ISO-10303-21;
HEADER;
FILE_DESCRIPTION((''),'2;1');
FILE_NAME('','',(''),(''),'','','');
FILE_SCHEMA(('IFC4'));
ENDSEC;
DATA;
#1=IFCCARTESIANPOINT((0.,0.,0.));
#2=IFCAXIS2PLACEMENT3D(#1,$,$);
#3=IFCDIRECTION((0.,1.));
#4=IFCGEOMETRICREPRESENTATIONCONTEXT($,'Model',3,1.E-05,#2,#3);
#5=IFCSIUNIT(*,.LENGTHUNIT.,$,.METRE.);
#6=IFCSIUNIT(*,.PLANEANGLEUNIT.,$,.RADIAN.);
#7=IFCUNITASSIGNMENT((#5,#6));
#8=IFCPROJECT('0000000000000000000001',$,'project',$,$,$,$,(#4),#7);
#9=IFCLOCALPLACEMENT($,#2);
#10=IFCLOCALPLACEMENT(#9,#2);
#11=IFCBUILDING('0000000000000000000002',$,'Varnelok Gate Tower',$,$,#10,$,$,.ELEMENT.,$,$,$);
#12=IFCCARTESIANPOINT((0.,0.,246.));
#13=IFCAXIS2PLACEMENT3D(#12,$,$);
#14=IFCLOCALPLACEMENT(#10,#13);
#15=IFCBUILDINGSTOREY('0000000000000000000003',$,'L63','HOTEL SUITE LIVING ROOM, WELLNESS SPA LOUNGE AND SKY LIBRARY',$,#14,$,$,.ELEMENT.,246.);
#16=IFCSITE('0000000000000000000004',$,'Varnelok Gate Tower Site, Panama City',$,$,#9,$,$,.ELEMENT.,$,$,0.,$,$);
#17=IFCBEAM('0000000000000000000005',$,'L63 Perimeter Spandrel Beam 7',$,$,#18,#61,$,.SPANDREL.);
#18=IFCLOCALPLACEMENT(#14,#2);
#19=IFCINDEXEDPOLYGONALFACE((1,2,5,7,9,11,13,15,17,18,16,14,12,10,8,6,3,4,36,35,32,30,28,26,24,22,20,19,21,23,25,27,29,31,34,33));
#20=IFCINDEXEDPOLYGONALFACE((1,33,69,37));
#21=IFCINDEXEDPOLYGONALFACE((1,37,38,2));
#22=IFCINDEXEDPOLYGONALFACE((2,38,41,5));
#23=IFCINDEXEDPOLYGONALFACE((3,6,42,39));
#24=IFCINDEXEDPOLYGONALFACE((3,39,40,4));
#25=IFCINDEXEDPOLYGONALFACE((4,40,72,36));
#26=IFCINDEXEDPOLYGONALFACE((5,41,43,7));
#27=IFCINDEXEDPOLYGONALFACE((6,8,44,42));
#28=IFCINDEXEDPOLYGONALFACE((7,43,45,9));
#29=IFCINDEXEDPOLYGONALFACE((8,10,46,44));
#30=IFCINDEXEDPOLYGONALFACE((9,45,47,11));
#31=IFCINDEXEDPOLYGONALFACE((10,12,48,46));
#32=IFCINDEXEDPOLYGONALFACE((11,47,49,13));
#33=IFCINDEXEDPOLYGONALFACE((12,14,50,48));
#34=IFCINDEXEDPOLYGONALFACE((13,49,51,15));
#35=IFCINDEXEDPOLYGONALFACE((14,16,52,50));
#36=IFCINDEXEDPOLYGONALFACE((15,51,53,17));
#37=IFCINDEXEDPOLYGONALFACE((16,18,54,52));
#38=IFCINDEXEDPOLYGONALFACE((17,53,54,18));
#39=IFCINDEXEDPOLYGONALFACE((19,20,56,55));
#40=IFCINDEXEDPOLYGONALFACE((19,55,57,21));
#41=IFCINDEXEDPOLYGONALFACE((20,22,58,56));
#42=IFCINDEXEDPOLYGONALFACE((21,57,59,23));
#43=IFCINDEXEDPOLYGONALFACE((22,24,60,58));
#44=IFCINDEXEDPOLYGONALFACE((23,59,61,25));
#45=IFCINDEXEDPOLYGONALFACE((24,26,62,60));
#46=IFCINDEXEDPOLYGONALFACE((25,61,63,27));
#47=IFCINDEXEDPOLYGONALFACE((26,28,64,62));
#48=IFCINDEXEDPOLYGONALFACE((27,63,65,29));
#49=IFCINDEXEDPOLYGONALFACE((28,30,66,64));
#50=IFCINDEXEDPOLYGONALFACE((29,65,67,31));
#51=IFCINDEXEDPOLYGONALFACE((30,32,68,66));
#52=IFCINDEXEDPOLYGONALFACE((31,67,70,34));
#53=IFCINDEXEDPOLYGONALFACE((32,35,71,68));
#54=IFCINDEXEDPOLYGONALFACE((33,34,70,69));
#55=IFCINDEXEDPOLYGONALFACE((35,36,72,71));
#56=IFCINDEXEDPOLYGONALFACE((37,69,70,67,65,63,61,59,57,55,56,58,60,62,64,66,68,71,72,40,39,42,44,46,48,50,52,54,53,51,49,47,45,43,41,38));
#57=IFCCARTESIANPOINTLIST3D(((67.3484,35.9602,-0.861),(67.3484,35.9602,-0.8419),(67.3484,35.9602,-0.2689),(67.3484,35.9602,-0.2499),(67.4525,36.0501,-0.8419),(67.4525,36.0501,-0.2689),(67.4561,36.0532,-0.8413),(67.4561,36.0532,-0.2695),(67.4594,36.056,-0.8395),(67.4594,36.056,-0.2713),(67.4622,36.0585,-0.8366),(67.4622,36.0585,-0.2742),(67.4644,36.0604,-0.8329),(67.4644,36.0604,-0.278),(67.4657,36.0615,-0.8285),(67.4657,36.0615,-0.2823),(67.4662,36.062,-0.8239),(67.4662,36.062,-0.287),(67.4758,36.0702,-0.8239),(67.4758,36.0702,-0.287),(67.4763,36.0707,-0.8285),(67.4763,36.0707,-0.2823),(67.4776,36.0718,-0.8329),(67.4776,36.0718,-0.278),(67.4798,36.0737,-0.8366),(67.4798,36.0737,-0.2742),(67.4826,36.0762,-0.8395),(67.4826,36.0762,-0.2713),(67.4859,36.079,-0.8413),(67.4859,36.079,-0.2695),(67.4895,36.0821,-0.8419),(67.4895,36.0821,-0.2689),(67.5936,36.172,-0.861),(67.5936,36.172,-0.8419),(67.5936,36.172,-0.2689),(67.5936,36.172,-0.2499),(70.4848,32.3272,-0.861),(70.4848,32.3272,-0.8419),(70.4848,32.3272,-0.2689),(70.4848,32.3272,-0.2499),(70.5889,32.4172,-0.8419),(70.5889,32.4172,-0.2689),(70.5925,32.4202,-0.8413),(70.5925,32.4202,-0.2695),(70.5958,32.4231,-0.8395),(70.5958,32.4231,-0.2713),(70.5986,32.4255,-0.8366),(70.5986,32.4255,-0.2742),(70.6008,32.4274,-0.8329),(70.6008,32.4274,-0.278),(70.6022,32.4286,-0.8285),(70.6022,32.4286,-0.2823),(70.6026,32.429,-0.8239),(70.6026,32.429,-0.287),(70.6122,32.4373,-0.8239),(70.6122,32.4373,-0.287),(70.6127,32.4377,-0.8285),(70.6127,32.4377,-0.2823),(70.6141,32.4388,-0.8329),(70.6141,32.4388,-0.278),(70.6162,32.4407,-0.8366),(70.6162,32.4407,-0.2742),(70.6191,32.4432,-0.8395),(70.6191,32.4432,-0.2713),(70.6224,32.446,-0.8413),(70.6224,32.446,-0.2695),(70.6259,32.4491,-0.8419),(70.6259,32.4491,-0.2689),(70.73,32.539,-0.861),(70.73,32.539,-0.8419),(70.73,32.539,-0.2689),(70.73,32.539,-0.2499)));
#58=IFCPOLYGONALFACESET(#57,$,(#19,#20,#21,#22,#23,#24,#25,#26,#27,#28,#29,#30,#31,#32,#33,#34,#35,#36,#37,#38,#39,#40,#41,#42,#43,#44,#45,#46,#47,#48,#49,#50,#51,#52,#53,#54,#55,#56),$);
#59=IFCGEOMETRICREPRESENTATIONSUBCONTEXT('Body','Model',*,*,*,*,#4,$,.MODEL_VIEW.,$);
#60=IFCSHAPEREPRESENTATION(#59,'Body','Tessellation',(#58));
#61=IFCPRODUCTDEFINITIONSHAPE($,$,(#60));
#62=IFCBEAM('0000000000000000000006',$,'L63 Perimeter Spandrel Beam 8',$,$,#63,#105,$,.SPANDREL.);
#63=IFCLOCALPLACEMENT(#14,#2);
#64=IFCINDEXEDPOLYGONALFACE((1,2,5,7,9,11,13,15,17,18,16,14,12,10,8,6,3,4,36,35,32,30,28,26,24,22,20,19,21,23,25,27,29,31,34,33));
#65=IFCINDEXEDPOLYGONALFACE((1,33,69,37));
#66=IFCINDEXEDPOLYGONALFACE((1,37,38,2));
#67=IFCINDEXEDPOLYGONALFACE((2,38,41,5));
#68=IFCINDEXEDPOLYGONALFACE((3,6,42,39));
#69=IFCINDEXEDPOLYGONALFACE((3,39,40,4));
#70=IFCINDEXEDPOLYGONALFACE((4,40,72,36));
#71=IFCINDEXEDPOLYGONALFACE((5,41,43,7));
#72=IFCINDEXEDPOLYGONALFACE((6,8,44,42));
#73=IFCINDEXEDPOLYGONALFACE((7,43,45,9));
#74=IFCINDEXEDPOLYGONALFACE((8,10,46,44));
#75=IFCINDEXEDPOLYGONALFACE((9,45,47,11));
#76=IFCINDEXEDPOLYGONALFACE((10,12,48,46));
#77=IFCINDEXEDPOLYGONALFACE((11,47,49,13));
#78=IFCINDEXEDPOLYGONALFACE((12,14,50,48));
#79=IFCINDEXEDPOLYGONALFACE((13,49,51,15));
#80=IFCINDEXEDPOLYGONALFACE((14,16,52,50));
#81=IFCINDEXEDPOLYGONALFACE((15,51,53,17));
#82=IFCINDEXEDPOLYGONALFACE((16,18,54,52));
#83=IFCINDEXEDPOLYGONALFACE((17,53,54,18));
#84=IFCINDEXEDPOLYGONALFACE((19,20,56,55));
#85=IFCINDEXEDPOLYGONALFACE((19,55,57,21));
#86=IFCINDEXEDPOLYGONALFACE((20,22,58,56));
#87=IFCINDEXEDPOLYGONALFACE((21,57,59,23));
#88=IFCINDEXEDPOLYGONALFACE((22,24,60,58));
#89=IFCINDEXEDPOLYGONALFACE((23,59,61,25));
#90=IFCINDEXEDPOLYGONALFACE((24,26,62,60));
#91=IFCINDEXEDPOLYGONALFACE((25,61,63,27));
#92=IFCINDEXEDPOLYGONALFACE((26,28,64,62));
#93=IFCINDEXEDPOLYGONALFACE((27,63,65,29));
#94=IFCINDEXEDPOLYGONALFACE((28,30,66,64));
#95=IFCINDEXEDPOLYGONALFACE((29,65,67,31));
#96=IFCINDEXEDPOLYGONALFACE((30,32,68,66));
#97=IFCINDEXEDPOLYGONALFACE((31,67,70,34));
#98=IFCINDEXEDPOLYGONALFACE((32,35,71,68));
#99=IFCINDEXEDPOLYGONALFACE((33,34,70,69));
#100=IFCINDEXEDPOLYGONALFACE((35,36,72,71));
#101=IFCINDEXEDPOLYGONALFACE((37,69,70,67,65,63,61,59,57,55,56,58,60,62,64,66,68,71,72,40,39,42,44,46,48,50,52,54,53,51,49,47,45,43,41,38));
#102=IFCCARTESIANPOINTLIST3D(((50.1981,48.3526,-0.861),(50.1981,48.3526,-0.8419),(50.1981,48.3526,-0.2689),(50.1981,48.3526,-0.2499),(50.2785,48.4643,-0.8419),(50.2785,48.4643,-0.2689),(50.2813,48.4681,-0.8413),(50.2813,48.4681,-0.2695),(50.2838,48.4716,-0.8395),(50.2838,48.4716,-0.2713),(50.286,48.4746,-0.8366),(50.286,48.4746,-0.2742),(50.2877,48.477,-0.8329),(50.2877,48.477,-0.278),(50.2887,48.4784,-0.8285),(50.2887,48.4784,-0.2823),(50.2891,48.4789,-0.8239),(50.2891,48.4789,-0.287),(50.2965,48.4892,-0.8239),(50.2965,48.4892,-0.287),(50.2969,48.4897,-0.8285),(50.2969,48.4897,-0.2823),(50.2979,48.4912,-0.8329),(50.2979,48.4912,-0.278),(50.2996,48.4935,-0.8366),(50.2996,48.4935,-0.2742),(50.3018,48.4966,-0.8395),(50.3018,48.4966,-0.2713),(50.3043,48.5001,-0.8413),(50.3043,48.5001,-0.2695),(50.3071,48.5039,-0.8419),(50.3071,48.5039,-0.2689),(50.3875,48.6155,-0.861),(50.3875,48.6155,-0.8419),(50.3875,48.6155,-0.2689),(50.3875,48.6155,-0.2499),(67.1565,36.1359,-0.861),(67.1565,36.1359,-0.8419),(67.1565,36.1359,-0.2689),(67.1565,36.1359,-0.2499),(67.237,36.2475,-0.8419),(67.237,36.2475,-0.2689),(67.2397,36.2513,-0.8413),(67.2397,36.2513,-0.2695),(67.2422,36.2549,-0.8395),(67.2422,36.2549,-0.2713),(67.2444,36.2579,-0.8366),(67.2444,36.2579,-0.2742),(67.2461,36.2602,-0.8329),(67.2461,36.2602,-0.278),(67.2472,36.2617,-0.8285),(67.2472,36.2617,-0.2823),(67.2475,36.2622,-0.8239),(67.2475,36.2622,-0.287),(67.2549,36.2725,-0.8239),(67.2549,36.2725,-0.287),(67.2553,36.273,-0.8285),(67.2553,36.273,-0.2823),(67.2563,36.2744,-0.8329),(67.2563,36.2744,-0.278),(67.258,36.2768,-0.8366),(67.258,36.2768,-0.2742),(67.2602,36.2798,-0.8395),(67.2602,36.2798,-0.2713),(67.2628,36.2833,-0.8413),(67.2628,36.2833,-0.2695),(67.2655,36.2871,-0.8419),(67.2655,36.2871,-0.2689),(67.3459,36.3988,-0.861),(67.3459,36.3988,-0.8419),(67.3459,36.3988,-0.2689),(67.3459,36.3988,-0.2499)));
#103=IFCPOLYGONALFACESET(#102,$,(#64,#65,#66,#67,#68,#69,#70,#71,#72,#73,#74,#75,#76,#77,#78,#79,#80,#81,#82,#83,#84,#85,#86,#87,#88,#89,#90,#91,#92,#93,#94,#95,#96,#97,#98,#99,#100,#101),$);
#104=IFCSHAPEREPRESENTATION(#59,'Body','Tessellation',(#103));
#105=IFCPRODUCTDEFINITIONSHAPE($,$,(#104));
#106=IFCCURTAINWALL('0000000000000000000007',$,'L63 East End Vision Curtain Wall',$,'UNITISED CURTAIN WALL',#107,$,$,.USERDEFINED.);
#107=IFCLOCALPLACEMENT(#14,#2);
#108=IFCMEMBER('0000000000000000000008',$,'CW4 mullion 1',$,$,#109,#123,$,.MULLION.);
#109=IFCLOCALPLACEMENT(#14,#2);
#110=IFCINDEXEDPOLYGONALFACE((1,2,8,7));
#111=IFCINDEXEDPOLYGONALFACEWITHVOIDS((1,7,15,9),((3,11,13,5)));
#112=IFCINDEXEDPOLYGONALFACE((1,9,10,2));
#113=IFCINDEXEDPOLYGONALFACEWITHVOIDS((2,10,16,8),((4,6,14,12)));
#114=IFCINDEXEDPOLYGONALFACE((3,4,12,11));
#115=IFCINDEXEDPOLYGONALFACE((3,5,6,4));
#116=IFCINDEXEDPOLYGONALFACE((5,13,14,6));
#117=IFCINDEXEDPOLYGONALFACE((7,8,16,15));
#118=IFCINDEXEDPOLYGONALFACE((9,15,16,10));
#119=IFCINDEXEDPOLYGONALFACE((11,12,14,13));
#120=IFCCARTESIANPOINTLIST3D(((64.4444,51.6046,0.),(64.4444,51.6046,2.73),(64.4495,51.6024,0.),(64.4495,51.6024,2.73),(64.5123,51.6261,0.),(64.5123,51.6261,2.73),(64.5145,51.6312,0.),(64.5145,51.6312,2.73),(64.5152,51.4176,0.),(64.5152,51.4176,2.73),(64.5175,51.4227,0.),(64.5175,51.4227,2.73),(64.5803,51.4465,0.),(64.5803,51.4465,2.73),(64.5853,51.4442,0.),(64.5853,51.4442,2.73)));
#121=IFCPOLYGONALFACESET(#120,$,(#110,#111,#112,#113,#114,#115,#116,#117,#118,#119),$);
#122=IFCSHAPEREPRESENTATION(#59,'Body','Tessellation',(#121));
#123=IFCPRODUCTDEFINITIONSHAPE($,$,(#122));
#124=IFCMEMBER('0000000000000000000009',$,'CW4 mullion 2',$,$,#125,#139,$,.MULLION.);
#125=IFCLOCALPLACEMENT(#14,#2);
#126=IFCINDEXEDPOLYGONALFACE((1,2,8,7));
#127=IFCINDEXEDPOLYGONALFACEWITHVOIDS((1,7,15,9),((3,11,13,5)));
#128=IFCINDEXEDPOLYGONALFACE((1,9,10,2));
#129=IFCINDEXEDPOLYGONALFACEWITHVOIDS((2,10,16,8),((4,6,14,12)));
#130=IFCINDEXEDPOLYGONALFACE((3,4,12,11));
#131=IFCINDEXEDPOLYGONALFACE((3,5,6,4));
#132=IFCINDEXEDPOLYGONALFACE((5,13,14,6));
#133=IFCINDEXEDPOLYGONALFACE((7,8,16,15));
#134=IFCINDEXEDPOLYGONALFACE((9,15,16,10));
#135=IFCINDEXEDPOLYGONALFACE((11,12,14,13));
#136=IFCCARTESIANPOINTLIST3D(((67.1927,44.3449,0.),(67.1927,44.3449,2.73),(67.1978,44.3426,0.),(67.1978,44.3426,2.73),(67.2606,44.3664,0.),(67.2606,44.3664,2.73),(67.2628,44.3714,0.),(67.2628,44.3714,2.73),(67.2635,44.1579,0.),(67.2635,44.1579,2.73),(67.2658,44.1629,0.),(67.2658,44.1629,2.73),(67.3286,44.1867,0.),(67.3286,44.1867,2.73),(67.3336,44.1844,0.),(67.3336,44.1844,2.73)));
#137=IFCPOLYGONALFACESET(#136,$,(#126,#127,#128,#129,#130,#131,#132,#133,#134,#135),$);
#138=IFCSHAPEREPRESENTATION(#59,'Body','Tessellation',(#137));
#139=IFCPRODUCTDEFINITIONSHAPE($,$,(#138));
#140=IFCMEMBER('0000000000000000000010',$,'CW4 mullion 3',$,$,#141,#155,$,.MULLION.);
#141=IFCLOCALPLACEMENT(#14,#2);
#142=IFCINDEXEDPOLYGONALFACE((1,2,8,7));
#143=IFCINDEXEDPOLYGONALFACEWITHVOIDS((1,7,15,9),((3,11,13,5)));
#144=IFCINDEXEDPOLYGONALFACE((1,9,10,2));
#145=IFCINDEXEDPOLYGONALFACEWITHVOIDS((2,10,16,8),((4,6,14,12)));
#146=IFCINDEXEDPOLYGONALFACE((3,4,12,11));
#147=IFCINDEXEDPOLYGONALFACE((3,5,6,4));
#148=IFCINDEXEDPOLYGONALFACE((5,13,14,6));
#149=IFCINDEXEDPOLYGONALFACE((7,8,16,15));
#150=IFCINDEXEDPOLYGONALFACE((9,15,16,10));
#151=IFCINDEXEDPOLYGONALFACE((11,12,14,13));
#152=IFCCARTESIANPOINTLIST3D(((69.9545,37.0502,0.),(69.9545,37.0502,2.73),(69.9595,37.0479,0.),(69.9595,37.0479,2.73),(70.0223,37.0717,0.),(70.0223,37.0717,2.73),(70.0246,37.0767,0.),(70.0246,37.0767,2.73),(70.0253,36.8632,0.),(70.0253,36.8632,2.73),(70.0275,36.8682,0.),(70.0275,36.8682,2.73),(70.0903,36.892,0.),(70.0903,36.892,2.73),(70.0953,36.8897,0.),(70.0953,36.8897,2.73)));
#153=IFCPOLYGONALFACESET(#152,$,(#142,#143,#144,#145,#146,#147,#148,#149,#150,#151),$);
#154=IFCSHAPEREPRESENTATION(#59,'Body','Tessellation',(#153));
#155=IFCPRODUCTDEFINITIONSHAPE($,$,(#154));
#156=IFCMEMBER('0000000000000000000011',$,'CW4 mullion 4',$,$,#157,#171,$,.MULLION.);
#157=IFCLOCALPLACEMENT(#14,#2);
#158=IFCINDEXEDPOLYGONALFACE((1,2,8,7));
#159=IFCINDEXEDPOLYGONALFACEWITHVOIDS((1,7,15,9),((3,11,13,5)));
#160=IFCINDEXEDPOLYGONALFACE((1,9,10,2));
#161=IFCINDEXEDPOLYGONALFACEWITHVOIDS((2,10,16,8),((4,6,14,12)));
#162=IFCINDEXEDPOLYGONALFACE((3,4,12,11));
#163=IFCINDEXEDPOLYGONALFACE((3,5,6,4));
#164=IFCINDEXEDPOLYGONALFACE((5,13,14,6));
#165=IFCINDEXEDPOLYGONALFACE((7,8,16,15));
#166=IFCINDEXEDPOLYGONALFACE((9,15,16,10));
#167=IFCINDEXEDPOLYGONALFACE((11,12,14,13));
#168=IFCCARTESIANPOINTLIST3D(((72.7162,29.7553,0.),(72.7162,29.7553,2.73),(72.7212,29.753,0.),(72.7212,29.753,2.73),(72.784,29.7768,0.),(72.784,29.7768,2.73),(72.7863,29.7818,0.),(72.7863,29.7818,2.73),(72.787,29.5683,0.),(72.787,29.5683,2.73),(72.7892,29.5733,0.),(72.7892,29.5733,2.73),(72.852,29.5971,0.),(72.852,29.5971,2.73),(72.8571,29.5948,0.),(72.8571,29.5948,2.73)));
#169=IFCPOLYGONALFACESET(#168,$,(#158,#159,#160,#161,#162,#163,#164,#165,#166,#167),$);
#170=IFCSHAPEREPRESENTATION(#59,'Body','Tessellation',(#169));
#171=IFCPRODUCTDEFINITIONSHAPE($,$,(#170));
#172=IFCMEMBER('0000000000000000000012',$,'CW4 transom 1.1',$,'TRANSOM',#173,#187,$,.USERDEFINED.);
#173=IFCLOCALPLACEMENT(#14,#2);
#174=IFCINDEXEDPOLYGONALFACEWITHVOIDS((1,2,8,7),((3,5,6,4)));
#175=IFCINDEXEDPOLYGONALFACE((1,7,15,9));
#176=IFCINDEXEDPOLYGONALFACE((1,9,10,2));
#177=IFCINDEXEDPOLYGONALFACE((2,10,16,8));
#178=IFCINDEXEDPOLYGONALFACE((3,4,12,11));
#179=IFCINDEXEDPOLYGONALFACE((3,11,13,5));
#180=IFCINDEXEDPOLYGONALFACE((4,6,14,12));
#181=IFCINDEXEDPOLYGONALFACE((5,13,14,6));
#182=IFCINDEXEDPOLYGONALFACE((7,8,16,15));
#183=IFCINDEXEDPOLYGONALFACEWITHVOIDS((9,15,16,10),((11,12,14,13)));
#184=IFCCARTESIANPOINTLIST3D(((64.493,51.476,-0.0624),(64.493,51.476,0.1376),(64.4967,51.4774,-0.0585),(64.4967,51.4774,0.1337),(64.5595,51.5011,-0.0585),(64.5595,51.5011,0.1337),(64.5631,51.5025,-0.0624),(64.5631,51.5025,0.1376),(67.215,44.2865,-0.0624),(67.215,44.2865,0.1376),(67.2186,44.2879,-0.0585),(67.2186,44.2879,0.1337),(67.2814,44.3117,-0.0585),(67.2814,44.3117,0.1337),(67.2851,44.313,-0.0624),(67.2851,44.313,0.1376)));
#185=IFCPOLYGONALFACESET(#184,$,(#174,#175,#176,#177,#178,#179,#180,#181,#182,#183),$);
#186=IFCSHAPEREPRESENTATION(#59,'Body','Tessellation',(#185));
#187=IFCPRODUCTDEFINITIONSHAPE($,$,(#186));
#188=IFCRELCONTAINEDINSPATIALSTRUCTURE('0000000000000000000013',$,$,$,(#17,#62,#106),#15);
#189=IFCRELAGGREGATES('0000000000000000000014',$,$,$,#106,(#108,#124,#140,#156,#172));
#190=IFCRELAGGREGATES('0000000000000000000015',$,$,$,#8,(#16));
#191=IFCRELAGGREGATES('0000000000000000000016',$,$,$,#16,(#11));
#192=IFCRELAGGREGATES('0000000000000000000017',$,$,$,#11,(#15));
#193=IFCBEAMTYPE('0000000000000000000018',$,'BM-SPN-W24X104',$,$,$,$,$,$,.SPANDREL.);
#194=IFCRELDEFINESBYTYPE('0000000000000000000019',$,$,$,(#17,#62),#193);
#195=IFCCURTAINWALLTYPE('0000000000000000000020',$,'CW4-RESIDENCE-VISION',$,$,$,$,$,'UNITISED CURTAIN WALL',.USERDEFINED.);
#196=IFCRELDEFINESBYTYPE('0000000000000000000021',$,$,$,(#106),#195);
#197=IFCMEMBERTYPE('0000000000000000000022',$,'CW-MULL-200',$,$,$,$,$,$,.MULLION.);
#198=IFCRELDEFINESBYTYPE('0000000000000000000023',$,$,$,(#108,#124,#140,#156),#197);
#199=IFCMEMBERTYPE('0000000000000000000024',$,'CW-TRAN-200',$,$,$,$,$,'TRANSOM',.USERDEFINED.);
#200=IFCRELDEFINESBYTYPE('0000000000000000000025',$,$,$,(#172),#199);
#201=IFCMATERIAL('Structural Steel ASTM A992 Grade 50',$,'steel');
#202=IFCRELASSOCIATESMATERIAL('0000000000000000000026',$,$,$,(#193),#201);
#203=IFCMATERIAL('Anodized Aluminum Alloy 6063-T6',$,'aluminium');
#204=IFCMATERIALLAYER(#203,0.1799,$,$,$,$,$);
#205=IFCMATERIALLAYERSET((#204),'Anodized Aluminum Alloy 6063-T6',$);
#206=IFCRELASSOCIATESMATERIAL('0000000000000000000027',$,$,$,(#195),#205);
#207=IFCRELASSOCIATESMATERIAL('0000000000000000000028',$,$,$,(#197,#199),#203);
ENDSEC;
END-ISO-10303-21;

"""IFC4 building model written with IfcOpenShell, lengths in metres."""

from ifc_helpers import new_model, si_unit, direction, frame, origin, origin_2d, place, context, subcontext, project, spatial, hollow_rectangle, i_section, extrude, material, layer, layer_set, material_profile, profile_set, type_object, element, aggregate, save


model = new_model("IFC4")

# Units and contexts
model_context = context("Model", 3, precision=1e-05, world=origin(), true_north=direction((0.0, 1.0)))
body_context = subcontext(model_context, "Body", "Model", "MODEL_VIEW")
ifc_project = project(units=[si_unit("LENGTHUNIT", "METRE"), si_unit("PLANEANGLEUNIT", "RADIAN")], contexts=[model_context])

# Site, building, storey
site_placement = place(None, origin())
site = spatial("IfcSite", under=ifc_project, at=site_placement, Name="Varnelok Gate Tower Site, Panama City", CompositionType="ELEMENT", RefElevation=0.0)
building_placement = place(site_placement, origin())
building = spatial("IfcBuilding", under=site, at=building_placement, Name="Varnelok Gate Tower", CompositionType="ELEMENT")
storey_placement = place(building_placement, frame((0.0, 0.0, 246.0)))
storey = spatial("IfcBuildingStorey", under=building, at=storey_placement, Name="L63", Description="HOTEL SUITE LIVING ROOM, WELLNESS SPA LOUNGE AND SKY LIBRARY", CompositionType="ELEMENT", Elevation=246.0)

# Shared definitions
ifc_material_1 = material(Name="Structural Steel ASTM A992 Grade 50", Category="steel")

# Beams
ifc_material_profile_1 = material_profile(ifc_material_1, i_section(OverallWidth=0.324, OverallDepth=0.6111, WebThickness=0.0127, FlangeThickness=0.019, FilletRadius=0.0181, at=origin_2d()), Name="W24X104")
ifc_profile_set_1 = profile_set([ifc_material_profile_1], Name="Structural Steel ASTM A992 Grade 50")
beam_type_1 = type_object("IfcBeamType", Name="BM-SPN-W24X104", PredefinedType="SPANDREL", material=ifc_profile_set_1)
beam_1_placement = place(storey_placement, frame((70.6074, 32.4331, -0.5554), z_axis=(-0.653481, 0.756943, 0.0), x_axis=(-0.756943, -0.653481, 0.0)))
element("IfcBeam", 1, at=beam_1_placement, inside=storey, type_object=beam_type_1, Name="L63 Perimeter Spandrel Beam 7", PredefinedType="SPANDREL", context=body_context, shape_type="SweptSolid", body=[
    extrude(i_section(OverallWidth=0.324, OverallDepth=0.6111, WebThickness=0.0127, FlangeThickness=0.019, FilletRadius=0.0181, at=origin_2d()), origin(), (0.0, 0.0, 1.0), 4.7996),
])
beam_2_placement = place(storey_placement, frame((67.2512, 36.2673, -0.5554), z_axis=(-0.811383, 0.584515, 0.0), x_axis=(-0.584515, -0.811383, 0.0)))
element("IfcBeam", 2, at=beam_2_placement, inside=storey, type_object=beam_type_1, Name="L63 Perimeter Spandrel Beam 8", PredefinedType="SPANDREL", context=body_context, shape_type="SweptSolid", body=[
    extrude(i_section(OverallWidth=0.324, OverallDepth=0.6111, WebThickness=0.0127, FlangeThickness=0.019, FilletRadius=0.0181, at=origin_2d()), origin(), (0.0, 0.0, 1.0), 20.9006),
])

# Curtain wall, members
ifc_material_2 = material(Name="Anodized Aluminum Alloy 6063-T6", Category="aluminium")
ifc_layer_1 = layer(ifc_material_2, 0.1799)
ifc_layer_set_1 = layer_set([ifc_layer_1], Name="Anodized Aluminum Alloy 6063-T6")
curtain_wall_type = type_object("IfcCurtainWallType", Name="CW4-RESIDENCE-VISION", ElementType="UNITISED CURTAIN WALL", PredefinedType="USERDEFINED", material=ifc_layer_set_1)
curtain_wall_placement = place(storey_placement, origin())
curtain_wall = element("IfcCurtainWall", 3, at=curtain_wall_placement, inside=storey, type_object=curtain_wall_type, Name="L63 East End Vision Curtain Wall", ObjectType="UNITISED CURTAIN WALL", PredefinedType="USERDEFINED")
ifc_material_profile_2 = material_profile(ifc_material_2, hollow_rectangle(XDim=0.075, YDim=0.2, WallThickness=0.0039, at=origin_2d()), Name="ALU200X75X4")
ifc_profile_set_2 = profile_set([ifc_material_profile_2], Name="Anodized Aluminum Alloy 6063-T6")
member_type_1 = type_object("IfcMemberType", Name="CW-MULL-200", PredefinedType="MULLION", material=ifc_profile_set_2)
member_1_placement = place(storey_placement, frame((64.5149, 51.5244, 0.0), z_axis=(0.0, 0.0, 1.0), x_axis=(0.935222, 0.354063, 0.0)))
member_1 = element("IfcMember", 4, at=member_1_placement, type_object=member_type_1, Name="CW4 mullion 1", PredefinedType="MULLION", context=body_context, shape_type="SweptSolid", body=[
    extrude(hollow_rectangle(XDim=0.075, YDim=0.2, WallThickness=0.0039, at=origin_2d()), origin(), (0.0, 0.0, 1.0), 2.73),
])
member_2_placement = place(storey_placement, frame((67.2632, 44.2646, 0.0), z_axis=(0.0, 0.0, 1.0), x_axis=(0.935222, 0.354063, 0.0)))
member_2 = element("IfcMember", 5, at=member_2_placement, type_object=member_type_1, Name="CW4 mullion 2", PredefinedType="MULLION", context=body_context, shape_type="SweptSolid", body=[
    extrude(hollow_rectangle(XDim=0.075, YDim=0.2, WallThickness=0.0039, at=origin_2d()), origin(), (0.0, 0.0, 1.0), 2.73),
])
member_3_placement = place(storey_placement, frame((70.0249, 36.97, 0.0), z_axis=(0.0, 0.0, 1.0), x_axis=(0.935222, 0.354063, 0.0)))
member_3 = element("IfcMember", 6, at=member_3_placement, type_object=member_type_1, Name="CW4 mullion 3", PredefinedType="MULLION", context=body_context, shape_type="SweptSolid", body=[
    extrude(hollow_rectangle(XDim=0.075, YDim=0.2, WallThickness=0.0039, at=origin_2d()), origin(), (0.0, 0.0, 1.0), 2.73),
])
member_4_placement = place(storey_placement, frame((72.7866, 29.675, 0.0), z_axis=(0.0, 0.0, 1.0), x_axis=(0.935222, 0.354063, 0.0)))
member_4 = element("IfcMember", 7, at=member_4_placement, type_object=member_type_1, Name="CW4 mullion 4", PredefinedType="MULLION", context=body_context, shape_type="SweptSolid", body=[
    extrude(hollow_rectangle(XDim=0.075, YDim=0.2, WallThickness=0.0039, at=origin_2d()), origin(), (0.0, 0.0, 1.0), 2.73),
])
ifc_material_profile_3 = material_profile(ifc_material_2, hollow_rectangle(XDim=0.075, YDim=0.2, WallThickness=0.0039, at=origin_2d()), Name="ALU200X75X4")
ifc_profile_set_3 = profile_set([ifc_material_profile_3], Name="Anodized Aluminum Alloy 6063-T6")
member_type_2 = type_object("IfcMemberType", Name="CW-TRAN-200", ElementType="TRANSOM", PredefinedType="USERDEFINED", material=ifc_profile_set_3)
member_5_placement = place(storey_placement, frame((64.5281, 51.4893, 0.0376), z_axis=(0.354073, -0.935218, 0.0), x_axis=(0.935218, 0.354073, 0.0)))
member_5 = element("IfcMember", 8, at=member_5_placement, type_object=member_type_2, Name="CW4 transom 1.1", ObjectType="TRANSOM", PredefinedType="USERDEFINED", context=body_context, shape_type="SweptSolid", body=[
    extrude(hollow_rectangle(XDim=0.075, YDim=0.2, WallThickness=0.0039, at=origin_2d()), origin(), (0.0, 0.0, 1.0), 7.6875),
])
aggregate(curtain_wall, [member_1, member_2, member_3, member_4, member_5])

save(model, "model.ifc")
